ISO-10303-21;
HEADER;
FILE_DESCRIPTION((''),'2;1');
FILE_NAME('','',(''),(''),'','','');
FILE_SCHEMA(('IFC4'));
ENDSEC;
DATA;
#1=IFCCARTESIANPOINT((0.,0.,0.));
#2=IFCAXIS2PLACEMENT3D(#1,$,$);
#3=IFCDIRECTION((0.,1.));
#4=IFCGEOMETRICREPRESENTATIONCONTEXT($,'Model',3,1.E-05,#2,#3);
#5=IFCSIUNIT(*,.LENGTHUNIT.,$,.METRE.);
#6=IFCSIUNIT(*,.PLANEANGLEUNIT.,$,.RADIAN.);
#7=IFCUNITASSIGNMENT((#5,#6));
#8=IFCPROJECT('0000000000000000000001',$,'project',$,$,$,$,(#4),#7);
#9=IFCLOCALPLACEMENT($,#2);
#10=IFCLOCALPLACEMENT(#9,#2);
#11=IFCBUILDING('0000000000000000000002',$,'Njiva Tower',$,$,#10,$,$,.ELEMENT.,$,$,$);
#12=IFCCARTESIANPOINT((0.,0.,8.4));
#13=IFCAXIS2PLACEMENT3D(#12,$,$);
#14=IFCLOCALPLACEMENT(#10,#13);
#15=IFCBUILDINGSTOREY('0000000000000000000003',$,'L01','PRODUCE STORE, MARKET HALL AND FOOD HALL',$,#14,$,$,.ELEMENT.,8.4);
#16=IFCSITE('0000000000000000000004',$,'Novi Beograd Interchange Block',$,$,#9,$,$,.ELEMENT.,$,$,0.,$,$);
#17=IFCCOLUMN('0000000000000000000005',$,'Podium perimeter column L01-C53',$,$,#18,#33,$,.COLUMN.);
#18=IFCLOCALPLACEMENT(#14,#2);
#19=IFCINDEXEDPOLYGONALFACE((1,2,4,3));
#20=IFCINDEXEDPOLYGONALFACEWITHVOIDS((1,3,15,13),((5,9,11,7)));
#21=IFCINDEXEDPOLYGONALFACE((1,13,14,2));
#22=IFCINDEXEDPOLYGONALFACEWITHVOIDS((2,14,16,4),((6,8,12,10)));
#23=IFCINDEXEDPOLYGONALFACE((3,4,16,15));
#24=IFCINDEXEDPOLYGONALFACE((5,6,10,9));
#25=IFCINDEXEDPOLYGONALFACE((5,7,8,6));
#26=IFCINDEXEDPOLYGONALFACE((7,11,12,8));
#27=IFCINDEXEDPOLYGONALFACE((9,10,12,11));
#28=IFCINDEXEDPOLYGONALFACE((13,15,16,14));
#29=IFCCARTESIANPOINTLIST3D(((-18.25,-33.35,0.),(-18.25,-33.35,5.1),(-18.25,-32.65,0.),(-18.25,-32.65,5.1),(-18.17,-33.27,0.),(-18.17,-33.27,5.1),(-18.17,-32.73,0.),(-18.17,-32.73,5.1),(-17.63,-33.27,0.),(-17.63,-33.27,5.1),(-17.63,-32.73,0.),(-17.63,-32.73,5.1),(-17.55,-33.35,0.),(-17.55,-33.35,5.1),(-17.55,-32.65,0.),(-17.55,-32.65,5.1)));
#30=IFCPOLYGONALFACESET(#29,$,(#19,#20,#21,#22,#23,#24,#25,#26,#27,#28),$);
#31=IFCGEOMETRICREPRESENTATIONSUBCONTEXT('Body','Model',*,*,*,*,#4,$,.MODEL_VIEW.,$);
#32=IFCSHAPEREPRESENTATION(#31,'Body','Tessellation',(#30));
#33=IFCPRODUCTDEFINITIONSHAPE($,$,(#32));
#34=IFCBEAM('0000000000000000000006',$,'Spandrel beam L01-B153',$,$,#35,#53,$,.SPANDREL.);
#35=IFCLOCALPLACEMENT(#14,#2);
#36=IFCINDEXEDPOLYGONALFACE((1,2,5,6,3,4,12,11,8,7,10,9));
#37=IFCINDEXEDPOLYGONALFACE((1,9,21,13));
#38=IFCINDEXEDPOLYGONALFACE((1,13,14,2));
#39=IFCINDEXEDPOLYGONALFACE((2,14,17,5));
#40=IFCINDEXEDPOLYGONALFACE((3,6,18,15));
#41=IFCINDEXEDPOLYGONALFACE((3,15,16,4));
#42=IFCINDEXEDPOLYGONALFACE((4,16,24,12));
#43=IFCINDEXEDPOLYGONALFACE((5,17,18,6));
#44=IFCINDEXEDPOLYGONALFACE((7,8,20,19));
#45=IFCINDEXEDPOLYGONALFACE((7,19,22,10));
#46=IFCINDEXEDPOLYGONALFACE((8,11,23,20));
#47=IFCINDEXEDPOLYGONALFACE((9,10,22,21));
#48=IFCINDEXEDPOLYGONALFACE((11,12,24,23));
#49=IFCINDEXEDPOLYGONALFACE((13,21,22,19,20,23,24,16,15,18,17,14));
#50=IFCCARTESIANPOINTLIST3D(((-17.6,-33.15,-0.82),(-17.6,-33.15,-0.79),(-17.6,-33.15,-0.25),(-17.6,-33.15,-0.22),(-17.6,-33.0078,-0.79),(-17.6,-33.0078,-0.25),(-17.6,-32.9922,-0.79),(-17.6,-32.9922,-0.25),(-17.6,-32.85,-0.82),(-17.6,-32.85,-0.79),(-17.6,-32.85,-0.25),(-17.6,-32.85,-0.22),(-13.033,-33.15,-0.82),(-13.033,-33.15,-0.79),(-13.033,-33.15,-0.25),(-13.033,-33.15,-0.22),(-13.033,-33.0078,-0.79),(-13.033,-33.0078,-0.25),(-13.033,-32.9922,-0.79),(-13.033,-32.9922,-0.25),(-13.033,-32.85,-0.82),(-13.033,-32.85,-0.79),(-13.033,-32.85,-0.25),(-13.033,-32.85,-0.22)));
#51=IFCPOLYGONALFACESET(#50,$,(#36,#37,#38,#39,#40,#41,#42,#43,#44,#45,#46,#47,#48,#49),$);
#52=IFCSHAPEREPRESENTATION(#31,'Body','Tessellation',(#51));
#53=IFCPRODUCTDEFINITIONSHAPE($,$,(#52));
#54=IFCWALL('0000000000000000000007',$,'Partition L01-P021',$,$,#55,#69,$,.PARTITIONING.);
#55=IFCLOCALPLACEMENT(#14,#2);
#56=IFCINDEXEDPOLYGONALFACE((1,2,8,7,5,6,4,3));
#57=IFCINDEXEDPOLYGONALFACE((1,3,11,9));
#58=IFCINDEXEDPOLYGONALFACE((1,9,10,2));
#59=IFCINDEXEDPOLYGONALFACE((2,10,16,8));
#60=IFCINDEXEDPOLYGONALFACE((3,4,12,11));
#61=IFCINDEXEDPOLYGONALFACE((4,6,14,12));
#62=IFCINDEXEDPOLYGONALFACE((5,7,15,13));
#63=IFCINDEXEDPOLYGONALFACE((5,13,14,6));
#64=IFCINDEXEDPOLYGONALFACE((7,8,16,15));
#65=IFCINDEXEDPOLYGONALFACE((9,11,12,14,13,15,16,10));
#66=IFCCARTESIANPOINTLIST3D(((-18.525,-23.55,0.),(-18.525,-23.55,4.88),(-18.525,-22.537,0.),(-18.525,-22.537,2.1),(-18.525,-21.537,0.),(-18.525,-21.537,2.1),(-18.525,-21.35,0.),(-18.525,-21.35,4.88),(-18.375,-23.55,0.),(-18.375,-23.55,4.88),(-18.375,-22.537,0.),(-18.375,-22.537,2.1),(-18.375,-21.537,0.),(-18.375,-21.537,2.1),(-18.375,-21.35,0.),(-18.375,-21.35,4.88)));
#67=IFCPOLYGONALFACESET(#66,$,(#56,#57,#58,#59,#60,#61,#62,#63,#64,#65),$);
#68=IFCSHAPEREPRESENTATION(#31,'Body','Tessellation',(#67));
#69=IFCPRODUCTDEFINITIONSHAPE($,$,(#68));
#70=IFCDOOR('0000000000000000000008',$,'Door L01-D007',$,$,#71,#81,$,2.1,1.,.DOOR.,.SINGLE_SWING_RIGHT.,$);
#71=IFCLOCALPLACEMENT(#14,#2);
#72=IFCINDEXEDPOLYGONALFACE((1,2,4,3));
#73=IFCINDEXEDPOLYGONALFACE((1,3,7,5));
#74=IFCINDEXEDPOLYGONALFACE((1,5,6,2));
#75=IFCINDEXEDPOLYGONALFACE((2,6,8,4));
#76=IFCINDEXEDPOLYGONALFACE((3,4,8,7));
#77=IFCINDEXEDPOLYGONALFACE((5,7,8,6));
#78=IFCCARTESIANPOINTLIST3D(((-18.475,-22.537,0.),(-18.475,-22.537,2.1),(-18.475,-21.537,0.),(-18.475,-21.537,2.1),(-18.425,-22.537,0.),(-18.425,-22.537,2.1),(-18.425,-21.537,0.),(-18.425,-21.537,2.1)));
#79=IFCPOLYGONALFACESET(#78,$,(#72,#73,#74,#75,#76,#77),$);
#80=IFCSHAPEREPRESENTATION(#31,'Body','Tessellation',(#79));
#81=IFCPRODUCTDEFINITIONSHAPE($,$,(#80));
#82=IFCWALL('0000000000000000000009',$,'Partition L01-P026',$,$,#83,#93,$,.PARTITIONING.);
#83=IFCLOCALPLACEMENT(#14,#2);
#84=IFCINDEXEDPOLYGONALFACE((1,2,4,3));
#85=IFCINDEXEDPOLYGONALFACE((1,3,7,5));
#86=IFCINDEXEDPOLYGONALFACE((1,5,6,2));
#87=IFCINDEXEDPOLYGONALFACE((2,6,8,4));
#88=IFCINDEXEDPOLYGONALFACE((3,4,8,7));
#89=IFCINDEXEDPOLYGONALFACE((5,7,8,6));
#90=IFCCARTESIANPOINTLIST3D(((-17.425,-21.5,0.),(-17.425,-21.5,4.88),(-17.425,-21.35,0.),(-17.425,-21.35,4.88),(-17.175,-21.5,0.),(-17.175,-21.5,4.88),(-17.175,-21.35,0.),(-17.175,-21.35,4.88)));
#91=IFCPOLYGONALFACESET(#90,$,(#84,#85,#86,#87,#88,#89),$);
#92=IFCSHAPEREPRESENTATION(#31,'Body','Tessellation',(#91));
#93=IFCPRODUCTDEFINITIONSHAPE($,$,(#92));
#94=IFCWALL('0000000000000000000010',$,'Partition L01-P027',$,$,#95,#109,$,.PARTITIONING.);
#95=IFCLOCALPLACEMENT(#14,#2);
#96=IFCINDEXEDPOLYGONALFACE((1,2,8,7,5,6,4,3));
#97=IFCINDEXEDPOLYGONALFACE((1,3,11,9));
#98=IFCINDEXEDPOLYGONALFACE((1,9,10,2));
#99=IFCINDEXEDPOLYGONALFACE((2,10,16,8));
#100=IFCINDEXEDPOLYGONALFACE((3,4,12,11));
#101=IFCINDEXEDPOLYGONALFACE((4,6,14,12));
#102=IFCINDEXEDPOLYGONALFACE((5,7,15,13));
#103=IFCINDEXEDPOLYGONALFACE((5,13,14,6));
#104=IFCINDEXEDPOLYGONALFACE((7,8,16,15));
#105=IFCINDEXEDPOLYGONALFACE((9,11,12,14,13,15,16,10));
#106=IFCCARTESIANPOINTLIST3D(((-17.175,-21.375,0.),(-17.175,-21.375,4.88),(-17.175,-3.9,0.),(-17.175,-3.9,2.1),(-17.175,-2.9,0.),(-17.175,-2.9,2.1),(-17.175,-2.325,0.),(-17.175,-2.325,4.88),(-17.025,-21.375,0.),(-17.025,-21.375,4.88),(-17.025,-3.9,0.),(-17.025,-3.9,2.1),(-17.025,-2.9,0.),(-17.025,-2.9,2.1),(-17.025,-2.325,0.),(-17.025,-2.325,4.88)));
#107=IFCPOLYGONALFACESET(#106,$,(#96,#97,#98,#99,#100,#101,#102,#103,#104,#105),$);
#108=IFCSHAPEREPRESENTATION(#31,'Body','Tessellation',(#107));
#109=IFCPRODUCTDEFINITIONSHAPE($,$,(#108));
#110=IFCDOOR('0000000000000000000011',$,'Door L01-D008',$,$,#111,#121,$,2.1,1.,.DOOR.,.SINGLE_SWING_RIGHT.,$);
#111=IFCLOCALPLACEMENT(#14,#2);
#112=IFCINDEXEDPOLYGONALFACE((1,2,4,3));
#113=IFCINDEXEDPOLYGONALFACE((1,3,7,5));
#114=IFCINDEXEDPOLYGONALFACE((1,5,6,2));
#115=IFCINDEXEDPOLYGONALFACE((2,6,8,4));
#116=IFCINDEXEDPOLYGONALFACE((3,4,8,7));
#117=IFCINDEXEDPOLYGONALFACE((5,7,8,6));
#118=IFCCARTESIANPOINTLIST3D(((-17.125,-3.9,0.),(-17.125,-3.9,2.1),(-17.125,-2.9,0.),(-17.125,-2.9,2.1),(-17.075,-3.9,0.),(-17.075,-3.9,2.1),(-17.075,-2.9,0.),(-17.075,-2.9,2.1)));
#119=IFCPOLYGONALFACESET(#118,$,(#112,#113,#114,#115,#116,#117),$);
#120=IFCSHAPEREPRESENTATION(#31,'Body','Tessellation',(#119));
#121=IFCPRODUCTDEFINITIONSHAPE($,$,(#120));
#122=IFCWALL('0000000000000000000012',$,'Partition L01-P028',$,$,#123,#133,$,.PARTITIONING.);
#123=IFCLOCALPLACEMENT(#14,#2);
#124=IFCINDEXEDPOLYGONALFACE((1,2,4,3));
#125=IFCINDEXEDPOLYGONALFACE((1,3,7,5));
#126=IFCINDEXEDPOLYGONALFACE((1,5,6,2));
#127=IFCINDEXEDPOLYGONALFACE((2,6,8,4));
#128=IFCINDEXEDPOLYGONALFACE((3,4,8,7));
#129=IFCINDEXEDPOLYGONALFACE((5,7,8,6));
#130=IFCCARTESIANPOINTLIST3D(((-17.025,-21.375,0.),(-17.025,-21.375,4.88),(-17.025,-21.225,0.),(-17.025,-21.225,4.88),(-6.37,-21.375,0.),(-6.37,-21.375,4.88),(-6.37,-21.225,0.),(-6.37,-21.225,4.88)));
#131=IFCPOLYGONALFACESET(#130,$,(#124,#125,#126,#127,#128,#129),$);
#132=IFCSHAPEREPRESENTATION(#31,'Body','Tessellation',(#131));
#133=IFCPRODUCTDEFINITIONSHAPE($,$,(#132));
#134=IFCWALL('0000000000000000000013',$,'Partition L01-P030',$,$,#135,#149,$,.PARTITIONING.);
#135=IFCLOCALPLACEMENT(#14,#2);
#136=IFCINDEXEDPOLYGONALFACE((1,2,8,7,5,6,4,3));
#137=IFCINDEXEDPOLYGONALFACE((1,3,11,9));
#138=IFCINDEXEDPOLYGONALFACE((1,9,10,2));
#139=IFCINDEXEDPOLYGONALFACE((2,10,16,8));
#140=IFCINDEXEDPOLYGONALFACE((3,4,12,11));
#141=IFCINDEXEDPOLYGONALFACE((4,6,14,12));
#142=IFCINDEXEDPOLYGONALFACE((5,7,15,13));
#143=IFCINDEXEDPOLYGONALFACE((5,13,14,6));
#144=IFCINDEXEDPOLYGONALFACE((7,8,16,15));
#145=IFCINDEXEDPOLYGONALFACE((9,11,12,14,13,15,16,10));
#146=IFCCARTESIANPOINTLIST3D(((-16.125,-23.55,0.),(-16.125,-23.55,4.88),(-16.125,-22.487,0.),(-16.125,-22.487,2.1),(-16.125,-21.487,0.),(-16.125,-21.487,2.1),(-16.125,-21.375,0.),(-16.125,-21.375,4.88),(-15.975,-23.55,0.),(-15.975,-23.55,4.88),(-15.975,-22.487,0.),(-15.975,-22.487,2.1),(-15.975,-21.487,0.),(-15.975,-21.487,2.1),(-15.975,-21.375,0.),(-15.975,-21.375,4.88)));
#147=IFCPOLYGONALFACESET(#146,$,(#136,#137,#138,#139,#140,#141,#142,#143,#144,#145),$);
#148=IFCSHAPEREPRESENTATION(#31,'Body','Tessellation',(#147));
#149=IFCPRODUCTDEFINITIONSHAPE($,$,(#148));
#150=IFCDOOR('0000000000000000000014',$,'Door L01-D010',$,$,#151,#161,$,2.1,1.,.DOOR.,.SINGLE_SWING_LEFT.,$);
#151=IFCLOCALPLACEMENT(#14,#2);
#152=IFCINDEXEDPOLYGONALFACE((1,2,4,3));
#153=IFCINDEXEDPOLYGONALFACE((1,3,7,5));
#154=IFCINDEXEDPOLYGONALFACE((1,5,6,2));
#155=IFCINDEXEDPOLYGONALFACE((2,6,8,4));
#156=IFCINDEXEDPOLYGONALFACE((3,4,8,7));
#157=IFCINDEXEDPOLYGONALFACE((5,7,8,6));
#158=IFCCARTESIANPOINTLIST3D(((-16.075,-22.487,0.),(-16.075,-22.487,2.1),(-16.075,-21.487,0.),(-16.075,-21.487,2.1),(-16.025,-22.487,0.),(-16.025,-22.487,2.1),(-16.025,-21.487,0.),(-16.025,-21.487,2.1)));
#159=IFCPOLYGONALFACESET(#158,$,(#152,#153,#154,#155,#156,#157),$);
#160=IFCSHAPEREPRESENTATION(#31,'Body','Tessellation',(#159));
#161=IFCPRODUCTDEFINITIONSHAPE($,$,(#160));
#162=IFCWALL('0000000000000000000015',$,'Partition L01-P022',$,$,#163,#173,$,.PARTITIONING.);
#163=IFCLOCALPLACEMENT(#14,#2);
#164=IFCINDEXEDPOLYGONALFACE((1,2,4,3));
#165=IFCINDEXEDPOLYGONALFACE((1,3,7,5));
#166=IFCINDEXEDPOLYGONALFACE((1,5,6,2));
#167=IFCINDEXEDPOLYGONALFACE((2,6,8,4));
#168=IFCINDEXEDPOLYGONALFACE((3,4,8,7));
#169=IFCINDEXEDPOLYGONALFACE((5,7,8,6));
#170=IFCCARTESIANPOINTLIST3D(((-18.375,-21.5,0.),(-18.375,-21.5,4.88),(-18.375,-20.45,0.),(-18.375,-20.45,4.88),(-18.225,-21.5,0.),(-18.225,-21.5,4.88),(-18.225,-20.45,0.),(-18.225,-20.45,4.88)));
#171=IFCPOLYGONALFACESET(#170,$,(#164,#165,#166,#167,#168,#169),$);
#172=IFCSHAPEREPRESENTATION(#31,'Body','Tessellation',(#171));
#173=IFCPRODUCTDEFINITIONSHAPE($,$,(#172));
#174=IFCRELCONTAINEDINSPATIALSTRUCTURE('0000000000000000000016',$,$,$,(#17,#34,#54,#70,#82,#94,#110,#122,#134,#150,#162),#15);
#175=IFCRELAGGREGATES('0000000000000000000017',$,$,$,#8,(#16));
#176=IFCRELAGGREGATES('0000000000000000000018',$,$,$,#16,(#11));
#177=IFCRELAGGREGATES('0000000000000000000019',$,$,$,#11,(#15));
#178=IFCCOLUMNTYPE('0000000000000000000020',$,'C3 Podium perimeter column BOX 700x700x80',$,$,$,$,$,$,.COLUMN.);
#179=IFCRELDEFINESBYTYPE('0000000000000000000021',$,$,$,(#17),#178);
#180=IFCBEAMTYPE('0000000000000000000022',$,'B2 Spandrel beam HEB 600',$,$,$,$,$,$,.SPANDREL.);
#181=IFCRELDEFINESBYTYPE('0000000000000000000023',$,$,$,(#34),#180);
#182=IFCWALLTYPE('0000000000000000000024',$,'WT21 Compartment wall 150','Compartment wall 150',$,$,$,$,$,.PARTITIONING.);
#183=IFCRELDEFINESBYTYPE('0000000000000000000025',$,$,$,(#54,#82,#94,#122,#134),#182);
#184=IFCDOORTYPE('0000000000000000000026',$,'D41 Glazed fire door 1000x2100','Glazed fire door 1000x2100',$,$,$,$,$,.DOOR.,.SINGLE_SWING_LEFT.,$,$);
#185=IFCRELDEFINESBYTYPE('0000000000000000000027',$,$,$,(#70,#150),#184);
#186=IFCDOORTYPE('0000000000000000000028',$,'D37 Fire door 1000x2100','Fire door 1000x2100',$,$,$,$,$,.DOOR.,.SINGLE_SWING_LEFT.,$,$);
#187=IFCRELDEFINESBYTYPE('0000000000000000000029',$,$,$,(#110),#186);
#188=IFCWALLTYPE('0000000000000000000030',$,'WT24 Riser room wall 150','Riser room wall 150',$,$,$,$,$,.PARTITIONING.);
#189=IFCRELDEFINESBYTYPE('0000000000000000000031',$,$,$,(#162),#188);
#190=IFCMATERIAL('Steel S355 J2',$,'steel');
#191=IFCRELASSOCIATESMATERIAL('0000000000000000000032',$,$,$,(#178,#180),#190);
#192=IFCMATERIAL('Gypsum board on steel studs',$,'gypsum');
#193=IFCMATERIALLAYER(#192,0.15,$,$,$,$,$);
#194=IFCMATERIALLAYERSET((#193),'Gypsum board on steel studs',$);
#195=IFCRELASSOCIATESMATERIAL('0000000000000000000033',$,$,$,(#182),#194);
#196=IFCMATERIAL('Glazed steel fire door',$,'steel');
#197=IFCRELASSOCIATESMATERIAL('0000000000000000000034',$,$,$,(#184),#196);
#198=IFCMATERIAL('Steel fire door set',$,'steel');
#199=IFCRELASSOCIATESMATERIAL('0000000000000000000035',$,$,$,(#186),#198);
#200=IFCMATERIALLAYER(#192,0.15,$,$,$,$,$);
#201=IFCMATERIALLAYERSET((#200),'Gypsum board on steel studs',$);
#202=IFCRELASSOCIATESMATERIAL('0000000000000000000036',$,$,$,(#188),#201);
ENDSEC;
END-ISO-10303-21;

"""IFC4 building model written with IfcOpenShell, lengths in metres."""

from ifc_helpers import new_model, si_unit, direction, frame, frame_2d, origin, origin_2d, place, context, subcontext, project, spatial, rectangle, hollow_rectangle, i_section, extrude, material, layer, layer_set, material_profile, profile_set, type_object, element, fill, save


model = new_model("IFC4")

# Units and contexts
model_context = context("Model", 3, precision=1e-05, world=origin(), true_north=direction((0.0, 1.0)))
body_context = subcontext(model_context, "Body", "Model", "MODEL_VIEW")
ifc_project = project(units=[si_unit("LENGTHUNIT", "METRE"), si_unit("PLANEANGLEUNIT", "RADIAN")], contexts=[model_context])

# Site, building, storey
site_placement = place(None, origin())
site = spatial("IfcSite", under=ifc_project, at=site_placement, Name="Novi Beograd Interchange Block", CompositionType="ELEMENT", RefElevation=0.0)
building_placement = place(site_placement, origin())
building = spatial("IfcBuilding", under=site, at=building_placement, Name="Njiva Tower", CompositionType="ELEMENT")
storey_placement = place(building_placement, frame((0.0, 0.0, 8.4)))
storey = spatial("IfcBuildingStorey", under=building, at=storey_placement, Name="L01", Description="PRODUCE STORE, MARKET HALL AND FOOD HALL", CompositionType="ELEMENT", Elevation=8.4)

# Column
ifc_material_1 = material(Name="Steel S355 J2", Category="steel")
ifc_material_profile_1 = material_profile(ifc_material_1, hollow_rectangle(XDim=0.7, YDim=0.7, WallThickness=0.08, at=origin_2d()), Name="BOX 700x700x80")
ifc_profile_set_1 = profile_set([ifc_material_profile_1], Name="Steel S355 J2")
column_type = type_object("IfcColumnType", Name="C3 Podium perimeter column BOX 700x700x80", PredefinedType="COLUMN", material=ifc_profile_set_1)
column_placement = place(storey_placement, frame((-17.9, -33.0, 0.0), z_axis=(0.0, 0.0, 1.0), x_axis=(1.0, 0.0, 0.0)))
element("IfcColumn", 1, at=column_placement, inside=storey, type_object=column_type, Name="Podium perimeter column L01-C53", PredefinedType="COLUMN", context=body_context, shape_type="SweptSolid", body=[
    extrude(hollow_rectangle(XDim=0.7, YDim=0.7, WallThickness=0.08, at=origin_2d()), origin(), (0.0, 0.0, 1.0), 5.1),
])

# Beam
ifc_material_profile_2 = material_profile(ifc_material_1, i_section(OverallWidth=0.3, OverallDepth=0.6, WebThickness=0.0155, FlangeThickness=0.03, at=origin_2d()), Name="HEB 600")
ifc_profile_set_2 = profile_set([ifc_material_profile_2], Name="Steel S355 J2")
beam_type = type_object("IfcBeamType", Name="B2 Spandrel beam HEB 600", PredefinedType="SPANDREL", material=ifc_profile_set_2)
beam_placement = place(storey_placement, frame((-17.6, -33.0, -0.52), z_axis=(1.0, 0.0, 0.0), x_axis=(0.0, 1.0, 0.0)))
element("IfcBeam", 2, at=beam_placement, inside=storey, type_object=beam_type, Name="Spandrel beam L01-B153", PredefinedType="SPANDREL", context=body_context, shape_type="SweptSolid", body=[
    extrude(i_section(OverallWidth=0.3, OverallDepth=0.6, WebThickness=0.0155, FlangeThickness=0.03, at=origin_2d()), origin(), (0.0, 0.0, 1.0), 4.567),
])

# Wall, opening, door
ifc_material_2 = material(Name="Gypsum board on steel studs", Category="gypsum")
ifc_layer_1 = layer(ifc_material_2, 0.15)
ifc_layer_set_1 = layer_set([ifc_layer_1], Name="Gypsum board on steel studs")
wall_type_1 = type_object("IfcWallType", Name="WT21 Compartment wall 150", Description="Compartment wall 150", PredefinedType="PARTITIONING", material=ifc_layer_set_1)
wall_1_placement = place(storey_placement, frame((-18.45, -23.55, 0.0), z_axis=(0.0, 0.0, 1.0), x_axis=(0.0, 1.0, 0.0)))
wall_1 = element("IfcWall", 3, at=wall_1_placement, inside=storey, type_object=wall_type_1, Name="Partition L01-P021", PredefinedType="PARTITIONING", context=body_context, shape_type="SweptSolid", body=[
    extrude(rectangle(XDim=2.2, YDim=0.15, at=frame_2d((1.1, 0.0))), origin(), (0.0, 0.0, 1.0), 4.88),
])
opening_1_placement = place(wall_1_placement, frame((1.013, 0.0, 0.0)))
opening_1 = element("IfcOpeningElement", 4, at=opening_1_placement, cuts=wall_1, PredefinedType="OPENING", context=body_context, shape_type="SweptSolid", body=[
    extrude(rectangle(XDim=1.0, YDim=2.1, at=frame_2d((0.5, 1.05))), frame((0.0, 0.085, 0.0), z_axis=(0.0, -1.0, 0.0), x_axis=(1.0, 0.0, 0.0)), (0.0, 0.0, 1.0), 0.17),
])
ifc_material_3 = material(Name="Glazed steel fire door", Category="steel")
door_type_1 = type_object("IfcDoorType", Name="D41 Glazed fire door 1000x2100", Description="Glazed fire door 1000x2100", OperationType="SINGLE_SWING_LEFT", PredefinedType="DOOR", material=ifc_material_3)
door_1_placement = place(opening_1_placement, origin())
door_1 = element("IfcDoor", 5, at=door_1_placement, inside=storey, type_object=door_type_1, Name="Door L01-D007", OperationType="SINGLE_SWING_RIGHT", OverallHeight=2.1, OverallWidth=1.0, PredefinedType="DOOR", context=body_context, shape_type="SweptSolid", body=[
    extrude(rectangle(XDim=1.0, YDim=2.1, at=frame_2d((0.5, 1.05))), frame((0.0, 0.025, 0.0), z_axis=(0.0, -1.0, 0.0), x_axis=(1.0, 0.0, 0.0)), (0.0, 0.0, 1.0), 0.05),
])
fill(opening_1, door_1)

# Wall
wall_2_placement = place(storey_placement, frame((-17.425, -21.425, 0.0), z_axis=(0.0, 0.0, 1.0), x_axis=(1.0, 0.0, 0.0)))
element("IfcWall", 6, at=wall_2_placement, inside=storey, type_object=wall_type_1, Name="Partition L01-P026", PredefinedType="PARTITIONING", context=body_context, shape_type="SweptSolid", body=[
    extrude(rectangle(XDim=0.25, YDim=0.15, at=frame_2d((0.125, 0.0))), origin(), (0.0, 0.0, 1.0), 4.88),
])

# Wall, opening, door
wall_3_placement = place(storey_placement, frame((-17.1, -21.375, 0.0), z_axis=(0.0, 0.0, 1.0), x_axis=(0.0, 1.0, 0.0)))
wall_3 = element("IfcWall", 7, at=wall_3_placement, inside=storey, type_object=wall_type_1, Name="Partition L01-P027", PredefinedType="PARTITIONING", context=body_context, shape_type="SweptSolid", body=[
    extrude(rectangle(XDim=19.05, YDim=0.15, at=frame_2d((9.525, 0.0))), origin(), (0.0, 0.0, 1.0), 4.88),
])
opening_2_placement = place(wall_3_placement, frame((17.475, 0.0, 0.0)))
opening_2 = element("IfcOpeningElement", 8, at=opening_2_placement, cuts=wall_3, PredefinedType="OPENING", context=body_context, shape_type="SweptSolid", body=[
    extrude(rectangle(XDim=1.0, YDim=2.1, at=frame_2d((0.5, 1.05))), frame((0.0, 0.085, 0.0), z_axis=(0.0, -1.0, 0.0), x_axis=(1.0, 0.0, 0.0)), (0.0, 0.0, 1.0), 0.17),
])
ifc_material_4 = material(Name="Steel fire door set", Category="steel")
door_type_2 = type_object("IfcDoorType", Name="D37 Fire door 1000x2100", Description="Fire door 1000x2100", OperationType="SINGLE_SWING_LEFT", PredefinedType="DOOR", material=ifc_material_4)
door_2_placement = place(opening_2_placement, origin())
door_2 = element("IfcDoor", 9, at=door_2_placement, inside=storey, type_object=door_type_2, Name="Door L01-D008", OperationType="SINGLE_SWING_RIGHT", OverallHeight=2.1, OverallWidth=1.0, PredefinedType="DOOR", context=body_context, shape_type="SweptSolid", body=[
    extrude(rectangle(XDim=1.0, YDim=2.1, at=frame_2d((0.5, 1.05))), frame((0.0, 0.025, 0.0), z_axis=(0.0, -1.0, 0.0), x_axis=(1.0, 0.0, 0.0)), (0.0, 0.0, 1.0), 0.05),
])
fill(opening_2, door_2)

# Wall
wall_4_placement = place(storey_placement, frame((-17.025, -21.3, 0.0), z_axis=(0.0, 0.0, 1.0), x_axis=(1.0, 0.0, 0.0)))
element("IfcWall", 10, at=wall_4_placement, inside=storey, type_object=wall_type_1, Name="Partition L01-P028", PredefinedType="PARTITIONING", context=body_context, shape_type="SweptSolid", body=[
    extrude(rectangle(XDim=10.655, YDim=0.15, at=frame_2d((5.3275, 0.0))), origin(), (0.0, 0.0, 1.0), 4.88),
])

# Wall, opening, door
wall_5_placement = place(storey_placement, frame((-16.05, -23.55, 0.0), z_axis=(0.0, 0.0, 1.0), x_axis=(0.0, 1.0, 0.0)))
wall_5 = element("IfcWall", 11, at=wall_5_placement, inside=storey, type_object=wall_type_1, Name="Partition L01-P030", PredefinedType="PARTITIONING", context=body_context, shape_type="SweptSolid", body=[
    extrude(rectangle(XDim=2.175, YDim=0.15, at=frame_2d((1.0875, 0.0))), origin(), (0.0, 0.0, 1.0), 4.88),
])
opening_3_placement = place(wall_5_placement, frame((1.063, 0.0, 0.0)))
opening_3 = element("IfcOpeningElement", 12, at=opening_3_placement, cuts=wall_5, PredefinedType="OPENING", context=body_context, shape_type="SweptSolid", body=[
    extrude(rectangle(XDim=1.0, YDim=2.1, at=frame_2d((0.5, 1.05))), frame((0.0, 0.085, 0.0), z_axis=(0.0, -1.0, 0.0), x_axis=(1.0, 0.0, 0.0)), (0.0, 0.0, 1.0), 0.17),
])
door_3_placement = place(opening_3_placement, origin())
door_3 = element("IfcDoor", 13, at=door_3_placement, inside=storey, type_object=door_type_1, Name="Door L01-D010", OperationType="SINGLE_SWING_LEFT", OverallHeight=2.1, OverallWidth=1.0, PredefinedType="DOOR", context=body_context, shape_type="SweptSolid", body=[
    extrude(rectangle(XDim=1.0, YDim=2.1, at=frame_2d((0.5, 1.05))), frame((0.0, 0.025, 0.0), z_axis=(0.0, -1.0, 0.0), x_axis=(1.0, 0.0, 0.0)), (0.0, 0.0, 1.0), 0.05),
])
fill(opening_3, door_3)

# Wall
ifc_layer_2 = layer(ifc_material_2, 0.15)
ifc_layer_set_2 = layer_set([ifc_layer_2], Name="Gypsum board on steel studs")
wall_type_2 = type_object("IfcWallType", Name="WT24 Riser room wall 150", Description="Riser room wall 150", PredefinedType="PARTITIONING", material=ifc_layer_set_2)
wall_6_placement = place(storey_placement, frame((-18.3, -21.5, 0.0), z_axis=(0.0, 0.0, 1.0), x_axis=(0.0, 1.0, 0.0)))
element("IfcWall", 14, at=wall_6_placement, inside=storey, type_object=wall_type_2, Name="Partition L01-P022", PredefinedType="PARTITIONING", context=body_context, shape_type="SweptSolid", body=[
    extrude(rectangle(XDim=1.05, YDim=0.15, at=frame_2d((0.525, 0.0))), origin(), (0.0, 0.0, 1.0), 4.88),
])

save(model, "model.ifc")
